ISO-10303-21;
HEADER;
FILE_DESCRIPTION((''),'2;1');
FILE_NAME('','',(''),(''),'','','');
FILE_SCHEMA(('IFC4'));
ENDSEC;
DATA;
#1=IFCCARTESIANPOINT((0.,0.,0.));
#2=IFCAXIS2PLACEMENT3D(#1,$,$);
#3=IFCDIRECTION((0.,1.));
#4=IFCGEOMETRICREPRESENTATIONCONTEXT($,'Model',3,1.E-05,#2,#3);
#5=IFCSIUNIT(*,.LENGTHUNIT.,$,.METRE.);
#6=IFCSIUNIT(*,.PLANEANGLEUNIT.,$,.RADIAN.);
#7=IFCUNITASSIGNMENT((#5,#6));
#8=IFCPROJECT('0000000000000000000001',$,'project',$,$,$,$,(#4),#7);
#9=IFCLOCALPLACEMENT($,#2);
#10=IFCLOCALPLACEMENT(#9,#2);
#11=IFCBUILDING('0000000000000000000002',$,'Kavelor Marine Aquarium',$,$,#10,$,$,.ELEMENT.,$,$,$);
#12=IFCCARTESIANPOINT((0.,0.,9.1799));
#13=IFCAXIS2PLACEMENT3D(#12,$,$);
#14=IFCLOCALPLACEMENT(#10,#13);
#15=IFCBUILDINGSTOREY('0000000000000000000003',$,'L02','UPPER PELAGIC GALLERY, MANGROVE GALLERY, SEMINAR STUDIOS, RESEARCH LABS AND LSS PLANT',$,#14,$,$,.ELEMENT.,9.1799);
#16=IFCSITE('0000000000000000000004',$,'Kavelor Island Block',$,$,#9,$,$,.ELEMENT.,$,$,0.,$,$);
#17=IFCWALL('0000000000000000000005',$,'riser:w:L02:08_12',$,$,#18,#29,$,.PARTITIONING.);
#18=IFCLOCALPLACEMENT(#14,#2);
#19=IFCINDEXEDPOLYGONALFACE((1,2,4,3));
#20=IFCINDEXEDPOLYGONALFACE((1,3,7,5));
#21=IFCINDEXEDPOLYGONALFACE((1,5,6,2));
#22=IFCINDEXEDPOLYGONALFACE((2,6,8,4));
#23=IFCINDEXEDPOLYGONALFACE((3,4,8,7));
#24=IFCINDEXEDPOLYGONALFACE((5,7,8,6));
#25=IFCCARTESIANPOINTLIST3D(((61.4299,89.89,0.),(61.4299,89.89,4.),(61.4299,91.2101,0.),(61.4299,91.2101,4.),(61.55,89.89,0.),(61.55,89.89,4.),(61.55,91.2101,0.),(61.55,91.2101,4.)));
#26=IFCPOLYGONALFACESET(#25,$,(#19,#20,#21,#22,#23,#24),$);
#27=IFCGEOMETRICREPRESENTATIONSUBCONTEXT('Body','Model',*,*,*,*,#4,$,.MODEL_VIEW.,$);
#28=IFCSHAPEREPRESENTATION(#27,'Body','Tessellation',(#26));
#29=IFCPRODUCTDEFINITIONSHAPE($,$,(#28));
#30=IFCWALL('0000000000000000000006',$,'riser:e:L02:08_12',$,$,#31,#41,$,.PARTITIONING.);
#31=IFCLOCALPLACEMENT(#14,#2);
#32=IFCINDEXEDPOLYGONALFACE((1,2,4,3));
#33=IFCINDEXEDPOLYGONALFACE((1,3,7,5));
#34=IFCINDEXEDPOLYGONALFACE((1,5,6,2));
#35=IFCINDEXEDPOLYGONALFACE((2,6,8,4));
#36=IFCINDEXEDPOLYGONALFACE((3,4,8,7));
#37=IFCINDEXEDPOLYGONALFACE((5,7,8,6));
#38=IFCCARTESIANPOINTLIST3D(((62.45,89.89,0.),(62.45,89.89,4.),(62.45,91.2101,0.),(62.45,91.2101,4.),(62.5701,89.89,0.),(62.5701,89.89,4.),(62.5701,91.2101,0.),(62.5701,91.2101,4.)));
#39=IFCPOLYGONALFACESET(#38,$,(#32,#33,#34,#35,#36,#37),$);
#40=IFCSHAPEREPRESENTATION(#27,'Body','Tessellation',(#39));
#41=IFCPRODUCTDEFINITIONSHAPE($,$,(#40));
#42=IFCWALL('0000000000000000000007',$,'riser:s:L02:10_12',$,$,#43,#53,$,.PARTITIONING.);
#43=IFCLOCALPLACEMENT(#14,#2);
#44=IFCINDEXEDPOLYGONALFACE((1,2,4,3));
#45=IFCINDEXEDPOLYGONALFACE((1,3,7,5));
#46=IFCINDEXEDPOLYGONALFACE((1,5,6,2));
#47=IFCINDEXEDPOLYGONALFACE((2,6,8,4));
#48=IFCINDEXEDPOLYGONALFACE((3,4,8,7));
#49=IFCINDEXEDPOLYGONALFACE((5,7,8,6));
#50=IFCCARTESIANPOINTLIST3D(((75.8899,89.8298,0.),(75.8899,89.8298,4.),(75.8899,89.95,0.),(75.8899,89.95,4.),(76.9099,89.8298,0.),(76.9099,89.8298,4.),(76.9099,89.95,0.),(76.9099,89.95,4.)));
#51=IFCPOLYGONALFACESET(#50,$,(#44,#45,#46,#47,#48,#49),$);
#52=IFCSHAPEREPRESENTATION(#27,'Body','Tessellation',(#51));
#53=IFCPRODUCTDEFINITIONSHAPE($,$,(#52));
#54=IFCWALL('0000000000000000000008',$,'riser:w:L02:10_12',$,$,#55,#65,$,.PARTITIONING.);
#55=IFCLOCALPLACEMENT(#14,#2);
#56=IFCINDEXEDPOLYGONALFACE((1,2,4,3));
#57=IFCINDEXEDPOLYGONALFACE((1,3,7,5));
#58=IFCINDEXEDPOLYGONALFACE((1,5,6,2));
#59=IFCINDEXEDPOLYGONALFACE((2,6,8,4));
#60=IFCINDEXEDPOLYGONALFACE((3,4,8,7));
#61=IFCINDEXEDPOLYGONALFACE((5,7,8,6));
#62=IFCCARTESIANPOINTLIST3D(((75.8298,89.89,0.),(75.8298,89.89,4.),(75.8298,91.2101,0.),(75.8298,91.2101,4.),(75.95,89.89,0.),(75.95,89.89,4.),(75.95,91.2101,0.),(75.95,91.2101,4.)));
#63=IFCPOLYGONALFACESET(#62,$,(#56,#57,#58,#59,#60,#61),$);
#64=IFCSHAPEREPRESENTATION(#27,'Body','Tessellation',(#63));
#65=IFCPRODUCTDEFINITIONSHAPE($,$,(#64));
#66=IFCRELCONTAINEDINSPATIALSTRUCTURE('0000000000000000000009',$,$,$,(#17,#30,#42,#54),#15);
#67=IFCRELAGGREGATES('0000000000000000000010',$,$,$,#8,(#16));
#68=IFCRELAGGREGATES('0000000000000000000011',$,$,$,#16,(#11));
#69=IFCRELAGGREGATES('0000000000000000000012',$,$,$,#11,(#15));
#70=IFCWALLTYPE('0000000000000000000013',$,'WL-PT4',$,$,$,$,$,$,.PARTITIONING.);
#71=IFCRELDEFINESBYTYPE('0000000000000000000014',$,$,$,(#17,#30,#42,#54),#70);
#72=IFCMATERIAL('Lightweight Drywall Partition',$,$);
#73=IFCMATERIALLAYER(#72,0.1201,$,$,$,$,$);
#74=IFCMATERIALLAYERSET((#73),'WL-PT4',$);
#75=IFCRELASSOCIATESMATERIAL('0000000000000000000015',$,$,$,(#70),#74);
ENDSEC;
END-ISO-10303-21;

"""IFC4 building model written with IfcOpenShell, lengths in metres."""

from ifc_helpers import new_model, si_unit, direction, frame, frame_2d, origin, place, context, subcontext, project, spatial, rectangle, extrude, material, layer, layer_set, type_object, element, save


model = new_model("IFC4")

# Units and contexts
model_context = context("Model", 3, precision=1e-05, world=origin(), true_north=direction((0.0, 1.0)))
body_context = subcontext(model_context, "Body", "Model", "MODEL_VIEW")
ifc_project = project(units=[si_unit("LENGTHUNIT", "METRE"), si_unit("PLANEANGLEUNIT", "RADIAN")], contexts=[model_context])

# Site, building, storey
site_placement = place(None, origin())
site = spatial("IfcSite", under=ifc_project, at=site_placement, Name="Kavelor Island Block", CompositionType="ELEMENT", RefElevation=0.0)
building_placement = place(site_placement, origin())
building = spatial("IfcBuilding", under=site, at=building_placement, Name="Kavelor Marine Aquarium", CompositionType="ELEMENT")
storey_placement = place(building_placement, frame((0.0, 0.0, 9.1799)))
storey = spatial("IfcBuildingStorey", under=building, at=storey_placement, Name="L02", Description="UPPER PELAGIC GALLERY, MANGROVE GALLERY, SEMINAR STUDIOS, RESEARCH LABS AND LSS PLANT", CompositionType="ELEMENT", Elevation=9.1799)

# Walls
ifc_material_1 = material(Name="Lightweight Drywall Partition")
ifc_layer_1 = layer(ifc_material_1, 0.1201)
ifc_layer_set_1 = layer_set([ifc_layer_1], Name="WL-PT4")
wall_type_1 = type_object("IfcWallType", Name="WL-PT4", PredefinedType="PARTITIONING", material=ifc_layer_set_1)
for number, where, z_axis, x_axis, name in (
    (1, (61.49, 89.8899, 0.0), (0.0, 0.0, 1.0), (0.0, 1.0, 0.0), "riser:w:L02:08_12"),
    (2, (62.51, 89.8899, 0.0), (0.0, 0.0, 1.0), (0.0, 1.0, 0.0), "riser:e:L02:08_12"),
):
    element("IfcWall", number, at=place(storey_placement, frame(where, z_axis=z_axis, x_axis=x_axis)), inside=storey, type_object=wall_type_1, Name=name, PredefinedType="PARTITIONING", context=body_context, shape_type="SweptSolid", body=[
        extrude(rectangle(XDim=1.3201, YDim=0.1201, at=frame_2d((0.6602, 0.0))), origin(), (0.0, 0.0, 1.0), 4.0),
    ])
wall_1_placement = place(storey_placement, frame((75.8899, 89.8899, 0.0), z_axis=(0.0, 0.0, 1.0), x_axis=(1.0, 0.0, 0.0)))
element("IfcWall", 3, at=wall_1_placement, inside=storey, type_object=wall_type_1, Name="riser:s:L02:10_12", PredefinedType="PARTITIONING", context=body_context, shape_type="SweptSolid", body=[
    extrude(rectangle(XDim=1.02, YDim=0.1201, at=frame_2d((0.51, 0.0))), origin(), (0.0, 0.0, 1.0), 4.0),
])
wall_2_placement = place(storey_placement, frame((75.8899, 89.8899, 0.0), z_axis=(0.0, 0.0, 1.0), x_axis=(0.0, 1.0, 0.0)))
element("IfcWall", 4, at=wall_2_placement, inside=storey, type_object=wall_type_1, Name="riser:w:L02:10_12", PredefinedType="PARTITIONING", context=body_context, shape_type="SweptSolid", body=[
    extrude(rectangle(XDim=1.3201, YDim=0.1201, at=frame_2d((0.6602, 0.0))), origin(), (0.0, 0.0, 1.0), 4.0),
])

save(model, "model.ifc")
